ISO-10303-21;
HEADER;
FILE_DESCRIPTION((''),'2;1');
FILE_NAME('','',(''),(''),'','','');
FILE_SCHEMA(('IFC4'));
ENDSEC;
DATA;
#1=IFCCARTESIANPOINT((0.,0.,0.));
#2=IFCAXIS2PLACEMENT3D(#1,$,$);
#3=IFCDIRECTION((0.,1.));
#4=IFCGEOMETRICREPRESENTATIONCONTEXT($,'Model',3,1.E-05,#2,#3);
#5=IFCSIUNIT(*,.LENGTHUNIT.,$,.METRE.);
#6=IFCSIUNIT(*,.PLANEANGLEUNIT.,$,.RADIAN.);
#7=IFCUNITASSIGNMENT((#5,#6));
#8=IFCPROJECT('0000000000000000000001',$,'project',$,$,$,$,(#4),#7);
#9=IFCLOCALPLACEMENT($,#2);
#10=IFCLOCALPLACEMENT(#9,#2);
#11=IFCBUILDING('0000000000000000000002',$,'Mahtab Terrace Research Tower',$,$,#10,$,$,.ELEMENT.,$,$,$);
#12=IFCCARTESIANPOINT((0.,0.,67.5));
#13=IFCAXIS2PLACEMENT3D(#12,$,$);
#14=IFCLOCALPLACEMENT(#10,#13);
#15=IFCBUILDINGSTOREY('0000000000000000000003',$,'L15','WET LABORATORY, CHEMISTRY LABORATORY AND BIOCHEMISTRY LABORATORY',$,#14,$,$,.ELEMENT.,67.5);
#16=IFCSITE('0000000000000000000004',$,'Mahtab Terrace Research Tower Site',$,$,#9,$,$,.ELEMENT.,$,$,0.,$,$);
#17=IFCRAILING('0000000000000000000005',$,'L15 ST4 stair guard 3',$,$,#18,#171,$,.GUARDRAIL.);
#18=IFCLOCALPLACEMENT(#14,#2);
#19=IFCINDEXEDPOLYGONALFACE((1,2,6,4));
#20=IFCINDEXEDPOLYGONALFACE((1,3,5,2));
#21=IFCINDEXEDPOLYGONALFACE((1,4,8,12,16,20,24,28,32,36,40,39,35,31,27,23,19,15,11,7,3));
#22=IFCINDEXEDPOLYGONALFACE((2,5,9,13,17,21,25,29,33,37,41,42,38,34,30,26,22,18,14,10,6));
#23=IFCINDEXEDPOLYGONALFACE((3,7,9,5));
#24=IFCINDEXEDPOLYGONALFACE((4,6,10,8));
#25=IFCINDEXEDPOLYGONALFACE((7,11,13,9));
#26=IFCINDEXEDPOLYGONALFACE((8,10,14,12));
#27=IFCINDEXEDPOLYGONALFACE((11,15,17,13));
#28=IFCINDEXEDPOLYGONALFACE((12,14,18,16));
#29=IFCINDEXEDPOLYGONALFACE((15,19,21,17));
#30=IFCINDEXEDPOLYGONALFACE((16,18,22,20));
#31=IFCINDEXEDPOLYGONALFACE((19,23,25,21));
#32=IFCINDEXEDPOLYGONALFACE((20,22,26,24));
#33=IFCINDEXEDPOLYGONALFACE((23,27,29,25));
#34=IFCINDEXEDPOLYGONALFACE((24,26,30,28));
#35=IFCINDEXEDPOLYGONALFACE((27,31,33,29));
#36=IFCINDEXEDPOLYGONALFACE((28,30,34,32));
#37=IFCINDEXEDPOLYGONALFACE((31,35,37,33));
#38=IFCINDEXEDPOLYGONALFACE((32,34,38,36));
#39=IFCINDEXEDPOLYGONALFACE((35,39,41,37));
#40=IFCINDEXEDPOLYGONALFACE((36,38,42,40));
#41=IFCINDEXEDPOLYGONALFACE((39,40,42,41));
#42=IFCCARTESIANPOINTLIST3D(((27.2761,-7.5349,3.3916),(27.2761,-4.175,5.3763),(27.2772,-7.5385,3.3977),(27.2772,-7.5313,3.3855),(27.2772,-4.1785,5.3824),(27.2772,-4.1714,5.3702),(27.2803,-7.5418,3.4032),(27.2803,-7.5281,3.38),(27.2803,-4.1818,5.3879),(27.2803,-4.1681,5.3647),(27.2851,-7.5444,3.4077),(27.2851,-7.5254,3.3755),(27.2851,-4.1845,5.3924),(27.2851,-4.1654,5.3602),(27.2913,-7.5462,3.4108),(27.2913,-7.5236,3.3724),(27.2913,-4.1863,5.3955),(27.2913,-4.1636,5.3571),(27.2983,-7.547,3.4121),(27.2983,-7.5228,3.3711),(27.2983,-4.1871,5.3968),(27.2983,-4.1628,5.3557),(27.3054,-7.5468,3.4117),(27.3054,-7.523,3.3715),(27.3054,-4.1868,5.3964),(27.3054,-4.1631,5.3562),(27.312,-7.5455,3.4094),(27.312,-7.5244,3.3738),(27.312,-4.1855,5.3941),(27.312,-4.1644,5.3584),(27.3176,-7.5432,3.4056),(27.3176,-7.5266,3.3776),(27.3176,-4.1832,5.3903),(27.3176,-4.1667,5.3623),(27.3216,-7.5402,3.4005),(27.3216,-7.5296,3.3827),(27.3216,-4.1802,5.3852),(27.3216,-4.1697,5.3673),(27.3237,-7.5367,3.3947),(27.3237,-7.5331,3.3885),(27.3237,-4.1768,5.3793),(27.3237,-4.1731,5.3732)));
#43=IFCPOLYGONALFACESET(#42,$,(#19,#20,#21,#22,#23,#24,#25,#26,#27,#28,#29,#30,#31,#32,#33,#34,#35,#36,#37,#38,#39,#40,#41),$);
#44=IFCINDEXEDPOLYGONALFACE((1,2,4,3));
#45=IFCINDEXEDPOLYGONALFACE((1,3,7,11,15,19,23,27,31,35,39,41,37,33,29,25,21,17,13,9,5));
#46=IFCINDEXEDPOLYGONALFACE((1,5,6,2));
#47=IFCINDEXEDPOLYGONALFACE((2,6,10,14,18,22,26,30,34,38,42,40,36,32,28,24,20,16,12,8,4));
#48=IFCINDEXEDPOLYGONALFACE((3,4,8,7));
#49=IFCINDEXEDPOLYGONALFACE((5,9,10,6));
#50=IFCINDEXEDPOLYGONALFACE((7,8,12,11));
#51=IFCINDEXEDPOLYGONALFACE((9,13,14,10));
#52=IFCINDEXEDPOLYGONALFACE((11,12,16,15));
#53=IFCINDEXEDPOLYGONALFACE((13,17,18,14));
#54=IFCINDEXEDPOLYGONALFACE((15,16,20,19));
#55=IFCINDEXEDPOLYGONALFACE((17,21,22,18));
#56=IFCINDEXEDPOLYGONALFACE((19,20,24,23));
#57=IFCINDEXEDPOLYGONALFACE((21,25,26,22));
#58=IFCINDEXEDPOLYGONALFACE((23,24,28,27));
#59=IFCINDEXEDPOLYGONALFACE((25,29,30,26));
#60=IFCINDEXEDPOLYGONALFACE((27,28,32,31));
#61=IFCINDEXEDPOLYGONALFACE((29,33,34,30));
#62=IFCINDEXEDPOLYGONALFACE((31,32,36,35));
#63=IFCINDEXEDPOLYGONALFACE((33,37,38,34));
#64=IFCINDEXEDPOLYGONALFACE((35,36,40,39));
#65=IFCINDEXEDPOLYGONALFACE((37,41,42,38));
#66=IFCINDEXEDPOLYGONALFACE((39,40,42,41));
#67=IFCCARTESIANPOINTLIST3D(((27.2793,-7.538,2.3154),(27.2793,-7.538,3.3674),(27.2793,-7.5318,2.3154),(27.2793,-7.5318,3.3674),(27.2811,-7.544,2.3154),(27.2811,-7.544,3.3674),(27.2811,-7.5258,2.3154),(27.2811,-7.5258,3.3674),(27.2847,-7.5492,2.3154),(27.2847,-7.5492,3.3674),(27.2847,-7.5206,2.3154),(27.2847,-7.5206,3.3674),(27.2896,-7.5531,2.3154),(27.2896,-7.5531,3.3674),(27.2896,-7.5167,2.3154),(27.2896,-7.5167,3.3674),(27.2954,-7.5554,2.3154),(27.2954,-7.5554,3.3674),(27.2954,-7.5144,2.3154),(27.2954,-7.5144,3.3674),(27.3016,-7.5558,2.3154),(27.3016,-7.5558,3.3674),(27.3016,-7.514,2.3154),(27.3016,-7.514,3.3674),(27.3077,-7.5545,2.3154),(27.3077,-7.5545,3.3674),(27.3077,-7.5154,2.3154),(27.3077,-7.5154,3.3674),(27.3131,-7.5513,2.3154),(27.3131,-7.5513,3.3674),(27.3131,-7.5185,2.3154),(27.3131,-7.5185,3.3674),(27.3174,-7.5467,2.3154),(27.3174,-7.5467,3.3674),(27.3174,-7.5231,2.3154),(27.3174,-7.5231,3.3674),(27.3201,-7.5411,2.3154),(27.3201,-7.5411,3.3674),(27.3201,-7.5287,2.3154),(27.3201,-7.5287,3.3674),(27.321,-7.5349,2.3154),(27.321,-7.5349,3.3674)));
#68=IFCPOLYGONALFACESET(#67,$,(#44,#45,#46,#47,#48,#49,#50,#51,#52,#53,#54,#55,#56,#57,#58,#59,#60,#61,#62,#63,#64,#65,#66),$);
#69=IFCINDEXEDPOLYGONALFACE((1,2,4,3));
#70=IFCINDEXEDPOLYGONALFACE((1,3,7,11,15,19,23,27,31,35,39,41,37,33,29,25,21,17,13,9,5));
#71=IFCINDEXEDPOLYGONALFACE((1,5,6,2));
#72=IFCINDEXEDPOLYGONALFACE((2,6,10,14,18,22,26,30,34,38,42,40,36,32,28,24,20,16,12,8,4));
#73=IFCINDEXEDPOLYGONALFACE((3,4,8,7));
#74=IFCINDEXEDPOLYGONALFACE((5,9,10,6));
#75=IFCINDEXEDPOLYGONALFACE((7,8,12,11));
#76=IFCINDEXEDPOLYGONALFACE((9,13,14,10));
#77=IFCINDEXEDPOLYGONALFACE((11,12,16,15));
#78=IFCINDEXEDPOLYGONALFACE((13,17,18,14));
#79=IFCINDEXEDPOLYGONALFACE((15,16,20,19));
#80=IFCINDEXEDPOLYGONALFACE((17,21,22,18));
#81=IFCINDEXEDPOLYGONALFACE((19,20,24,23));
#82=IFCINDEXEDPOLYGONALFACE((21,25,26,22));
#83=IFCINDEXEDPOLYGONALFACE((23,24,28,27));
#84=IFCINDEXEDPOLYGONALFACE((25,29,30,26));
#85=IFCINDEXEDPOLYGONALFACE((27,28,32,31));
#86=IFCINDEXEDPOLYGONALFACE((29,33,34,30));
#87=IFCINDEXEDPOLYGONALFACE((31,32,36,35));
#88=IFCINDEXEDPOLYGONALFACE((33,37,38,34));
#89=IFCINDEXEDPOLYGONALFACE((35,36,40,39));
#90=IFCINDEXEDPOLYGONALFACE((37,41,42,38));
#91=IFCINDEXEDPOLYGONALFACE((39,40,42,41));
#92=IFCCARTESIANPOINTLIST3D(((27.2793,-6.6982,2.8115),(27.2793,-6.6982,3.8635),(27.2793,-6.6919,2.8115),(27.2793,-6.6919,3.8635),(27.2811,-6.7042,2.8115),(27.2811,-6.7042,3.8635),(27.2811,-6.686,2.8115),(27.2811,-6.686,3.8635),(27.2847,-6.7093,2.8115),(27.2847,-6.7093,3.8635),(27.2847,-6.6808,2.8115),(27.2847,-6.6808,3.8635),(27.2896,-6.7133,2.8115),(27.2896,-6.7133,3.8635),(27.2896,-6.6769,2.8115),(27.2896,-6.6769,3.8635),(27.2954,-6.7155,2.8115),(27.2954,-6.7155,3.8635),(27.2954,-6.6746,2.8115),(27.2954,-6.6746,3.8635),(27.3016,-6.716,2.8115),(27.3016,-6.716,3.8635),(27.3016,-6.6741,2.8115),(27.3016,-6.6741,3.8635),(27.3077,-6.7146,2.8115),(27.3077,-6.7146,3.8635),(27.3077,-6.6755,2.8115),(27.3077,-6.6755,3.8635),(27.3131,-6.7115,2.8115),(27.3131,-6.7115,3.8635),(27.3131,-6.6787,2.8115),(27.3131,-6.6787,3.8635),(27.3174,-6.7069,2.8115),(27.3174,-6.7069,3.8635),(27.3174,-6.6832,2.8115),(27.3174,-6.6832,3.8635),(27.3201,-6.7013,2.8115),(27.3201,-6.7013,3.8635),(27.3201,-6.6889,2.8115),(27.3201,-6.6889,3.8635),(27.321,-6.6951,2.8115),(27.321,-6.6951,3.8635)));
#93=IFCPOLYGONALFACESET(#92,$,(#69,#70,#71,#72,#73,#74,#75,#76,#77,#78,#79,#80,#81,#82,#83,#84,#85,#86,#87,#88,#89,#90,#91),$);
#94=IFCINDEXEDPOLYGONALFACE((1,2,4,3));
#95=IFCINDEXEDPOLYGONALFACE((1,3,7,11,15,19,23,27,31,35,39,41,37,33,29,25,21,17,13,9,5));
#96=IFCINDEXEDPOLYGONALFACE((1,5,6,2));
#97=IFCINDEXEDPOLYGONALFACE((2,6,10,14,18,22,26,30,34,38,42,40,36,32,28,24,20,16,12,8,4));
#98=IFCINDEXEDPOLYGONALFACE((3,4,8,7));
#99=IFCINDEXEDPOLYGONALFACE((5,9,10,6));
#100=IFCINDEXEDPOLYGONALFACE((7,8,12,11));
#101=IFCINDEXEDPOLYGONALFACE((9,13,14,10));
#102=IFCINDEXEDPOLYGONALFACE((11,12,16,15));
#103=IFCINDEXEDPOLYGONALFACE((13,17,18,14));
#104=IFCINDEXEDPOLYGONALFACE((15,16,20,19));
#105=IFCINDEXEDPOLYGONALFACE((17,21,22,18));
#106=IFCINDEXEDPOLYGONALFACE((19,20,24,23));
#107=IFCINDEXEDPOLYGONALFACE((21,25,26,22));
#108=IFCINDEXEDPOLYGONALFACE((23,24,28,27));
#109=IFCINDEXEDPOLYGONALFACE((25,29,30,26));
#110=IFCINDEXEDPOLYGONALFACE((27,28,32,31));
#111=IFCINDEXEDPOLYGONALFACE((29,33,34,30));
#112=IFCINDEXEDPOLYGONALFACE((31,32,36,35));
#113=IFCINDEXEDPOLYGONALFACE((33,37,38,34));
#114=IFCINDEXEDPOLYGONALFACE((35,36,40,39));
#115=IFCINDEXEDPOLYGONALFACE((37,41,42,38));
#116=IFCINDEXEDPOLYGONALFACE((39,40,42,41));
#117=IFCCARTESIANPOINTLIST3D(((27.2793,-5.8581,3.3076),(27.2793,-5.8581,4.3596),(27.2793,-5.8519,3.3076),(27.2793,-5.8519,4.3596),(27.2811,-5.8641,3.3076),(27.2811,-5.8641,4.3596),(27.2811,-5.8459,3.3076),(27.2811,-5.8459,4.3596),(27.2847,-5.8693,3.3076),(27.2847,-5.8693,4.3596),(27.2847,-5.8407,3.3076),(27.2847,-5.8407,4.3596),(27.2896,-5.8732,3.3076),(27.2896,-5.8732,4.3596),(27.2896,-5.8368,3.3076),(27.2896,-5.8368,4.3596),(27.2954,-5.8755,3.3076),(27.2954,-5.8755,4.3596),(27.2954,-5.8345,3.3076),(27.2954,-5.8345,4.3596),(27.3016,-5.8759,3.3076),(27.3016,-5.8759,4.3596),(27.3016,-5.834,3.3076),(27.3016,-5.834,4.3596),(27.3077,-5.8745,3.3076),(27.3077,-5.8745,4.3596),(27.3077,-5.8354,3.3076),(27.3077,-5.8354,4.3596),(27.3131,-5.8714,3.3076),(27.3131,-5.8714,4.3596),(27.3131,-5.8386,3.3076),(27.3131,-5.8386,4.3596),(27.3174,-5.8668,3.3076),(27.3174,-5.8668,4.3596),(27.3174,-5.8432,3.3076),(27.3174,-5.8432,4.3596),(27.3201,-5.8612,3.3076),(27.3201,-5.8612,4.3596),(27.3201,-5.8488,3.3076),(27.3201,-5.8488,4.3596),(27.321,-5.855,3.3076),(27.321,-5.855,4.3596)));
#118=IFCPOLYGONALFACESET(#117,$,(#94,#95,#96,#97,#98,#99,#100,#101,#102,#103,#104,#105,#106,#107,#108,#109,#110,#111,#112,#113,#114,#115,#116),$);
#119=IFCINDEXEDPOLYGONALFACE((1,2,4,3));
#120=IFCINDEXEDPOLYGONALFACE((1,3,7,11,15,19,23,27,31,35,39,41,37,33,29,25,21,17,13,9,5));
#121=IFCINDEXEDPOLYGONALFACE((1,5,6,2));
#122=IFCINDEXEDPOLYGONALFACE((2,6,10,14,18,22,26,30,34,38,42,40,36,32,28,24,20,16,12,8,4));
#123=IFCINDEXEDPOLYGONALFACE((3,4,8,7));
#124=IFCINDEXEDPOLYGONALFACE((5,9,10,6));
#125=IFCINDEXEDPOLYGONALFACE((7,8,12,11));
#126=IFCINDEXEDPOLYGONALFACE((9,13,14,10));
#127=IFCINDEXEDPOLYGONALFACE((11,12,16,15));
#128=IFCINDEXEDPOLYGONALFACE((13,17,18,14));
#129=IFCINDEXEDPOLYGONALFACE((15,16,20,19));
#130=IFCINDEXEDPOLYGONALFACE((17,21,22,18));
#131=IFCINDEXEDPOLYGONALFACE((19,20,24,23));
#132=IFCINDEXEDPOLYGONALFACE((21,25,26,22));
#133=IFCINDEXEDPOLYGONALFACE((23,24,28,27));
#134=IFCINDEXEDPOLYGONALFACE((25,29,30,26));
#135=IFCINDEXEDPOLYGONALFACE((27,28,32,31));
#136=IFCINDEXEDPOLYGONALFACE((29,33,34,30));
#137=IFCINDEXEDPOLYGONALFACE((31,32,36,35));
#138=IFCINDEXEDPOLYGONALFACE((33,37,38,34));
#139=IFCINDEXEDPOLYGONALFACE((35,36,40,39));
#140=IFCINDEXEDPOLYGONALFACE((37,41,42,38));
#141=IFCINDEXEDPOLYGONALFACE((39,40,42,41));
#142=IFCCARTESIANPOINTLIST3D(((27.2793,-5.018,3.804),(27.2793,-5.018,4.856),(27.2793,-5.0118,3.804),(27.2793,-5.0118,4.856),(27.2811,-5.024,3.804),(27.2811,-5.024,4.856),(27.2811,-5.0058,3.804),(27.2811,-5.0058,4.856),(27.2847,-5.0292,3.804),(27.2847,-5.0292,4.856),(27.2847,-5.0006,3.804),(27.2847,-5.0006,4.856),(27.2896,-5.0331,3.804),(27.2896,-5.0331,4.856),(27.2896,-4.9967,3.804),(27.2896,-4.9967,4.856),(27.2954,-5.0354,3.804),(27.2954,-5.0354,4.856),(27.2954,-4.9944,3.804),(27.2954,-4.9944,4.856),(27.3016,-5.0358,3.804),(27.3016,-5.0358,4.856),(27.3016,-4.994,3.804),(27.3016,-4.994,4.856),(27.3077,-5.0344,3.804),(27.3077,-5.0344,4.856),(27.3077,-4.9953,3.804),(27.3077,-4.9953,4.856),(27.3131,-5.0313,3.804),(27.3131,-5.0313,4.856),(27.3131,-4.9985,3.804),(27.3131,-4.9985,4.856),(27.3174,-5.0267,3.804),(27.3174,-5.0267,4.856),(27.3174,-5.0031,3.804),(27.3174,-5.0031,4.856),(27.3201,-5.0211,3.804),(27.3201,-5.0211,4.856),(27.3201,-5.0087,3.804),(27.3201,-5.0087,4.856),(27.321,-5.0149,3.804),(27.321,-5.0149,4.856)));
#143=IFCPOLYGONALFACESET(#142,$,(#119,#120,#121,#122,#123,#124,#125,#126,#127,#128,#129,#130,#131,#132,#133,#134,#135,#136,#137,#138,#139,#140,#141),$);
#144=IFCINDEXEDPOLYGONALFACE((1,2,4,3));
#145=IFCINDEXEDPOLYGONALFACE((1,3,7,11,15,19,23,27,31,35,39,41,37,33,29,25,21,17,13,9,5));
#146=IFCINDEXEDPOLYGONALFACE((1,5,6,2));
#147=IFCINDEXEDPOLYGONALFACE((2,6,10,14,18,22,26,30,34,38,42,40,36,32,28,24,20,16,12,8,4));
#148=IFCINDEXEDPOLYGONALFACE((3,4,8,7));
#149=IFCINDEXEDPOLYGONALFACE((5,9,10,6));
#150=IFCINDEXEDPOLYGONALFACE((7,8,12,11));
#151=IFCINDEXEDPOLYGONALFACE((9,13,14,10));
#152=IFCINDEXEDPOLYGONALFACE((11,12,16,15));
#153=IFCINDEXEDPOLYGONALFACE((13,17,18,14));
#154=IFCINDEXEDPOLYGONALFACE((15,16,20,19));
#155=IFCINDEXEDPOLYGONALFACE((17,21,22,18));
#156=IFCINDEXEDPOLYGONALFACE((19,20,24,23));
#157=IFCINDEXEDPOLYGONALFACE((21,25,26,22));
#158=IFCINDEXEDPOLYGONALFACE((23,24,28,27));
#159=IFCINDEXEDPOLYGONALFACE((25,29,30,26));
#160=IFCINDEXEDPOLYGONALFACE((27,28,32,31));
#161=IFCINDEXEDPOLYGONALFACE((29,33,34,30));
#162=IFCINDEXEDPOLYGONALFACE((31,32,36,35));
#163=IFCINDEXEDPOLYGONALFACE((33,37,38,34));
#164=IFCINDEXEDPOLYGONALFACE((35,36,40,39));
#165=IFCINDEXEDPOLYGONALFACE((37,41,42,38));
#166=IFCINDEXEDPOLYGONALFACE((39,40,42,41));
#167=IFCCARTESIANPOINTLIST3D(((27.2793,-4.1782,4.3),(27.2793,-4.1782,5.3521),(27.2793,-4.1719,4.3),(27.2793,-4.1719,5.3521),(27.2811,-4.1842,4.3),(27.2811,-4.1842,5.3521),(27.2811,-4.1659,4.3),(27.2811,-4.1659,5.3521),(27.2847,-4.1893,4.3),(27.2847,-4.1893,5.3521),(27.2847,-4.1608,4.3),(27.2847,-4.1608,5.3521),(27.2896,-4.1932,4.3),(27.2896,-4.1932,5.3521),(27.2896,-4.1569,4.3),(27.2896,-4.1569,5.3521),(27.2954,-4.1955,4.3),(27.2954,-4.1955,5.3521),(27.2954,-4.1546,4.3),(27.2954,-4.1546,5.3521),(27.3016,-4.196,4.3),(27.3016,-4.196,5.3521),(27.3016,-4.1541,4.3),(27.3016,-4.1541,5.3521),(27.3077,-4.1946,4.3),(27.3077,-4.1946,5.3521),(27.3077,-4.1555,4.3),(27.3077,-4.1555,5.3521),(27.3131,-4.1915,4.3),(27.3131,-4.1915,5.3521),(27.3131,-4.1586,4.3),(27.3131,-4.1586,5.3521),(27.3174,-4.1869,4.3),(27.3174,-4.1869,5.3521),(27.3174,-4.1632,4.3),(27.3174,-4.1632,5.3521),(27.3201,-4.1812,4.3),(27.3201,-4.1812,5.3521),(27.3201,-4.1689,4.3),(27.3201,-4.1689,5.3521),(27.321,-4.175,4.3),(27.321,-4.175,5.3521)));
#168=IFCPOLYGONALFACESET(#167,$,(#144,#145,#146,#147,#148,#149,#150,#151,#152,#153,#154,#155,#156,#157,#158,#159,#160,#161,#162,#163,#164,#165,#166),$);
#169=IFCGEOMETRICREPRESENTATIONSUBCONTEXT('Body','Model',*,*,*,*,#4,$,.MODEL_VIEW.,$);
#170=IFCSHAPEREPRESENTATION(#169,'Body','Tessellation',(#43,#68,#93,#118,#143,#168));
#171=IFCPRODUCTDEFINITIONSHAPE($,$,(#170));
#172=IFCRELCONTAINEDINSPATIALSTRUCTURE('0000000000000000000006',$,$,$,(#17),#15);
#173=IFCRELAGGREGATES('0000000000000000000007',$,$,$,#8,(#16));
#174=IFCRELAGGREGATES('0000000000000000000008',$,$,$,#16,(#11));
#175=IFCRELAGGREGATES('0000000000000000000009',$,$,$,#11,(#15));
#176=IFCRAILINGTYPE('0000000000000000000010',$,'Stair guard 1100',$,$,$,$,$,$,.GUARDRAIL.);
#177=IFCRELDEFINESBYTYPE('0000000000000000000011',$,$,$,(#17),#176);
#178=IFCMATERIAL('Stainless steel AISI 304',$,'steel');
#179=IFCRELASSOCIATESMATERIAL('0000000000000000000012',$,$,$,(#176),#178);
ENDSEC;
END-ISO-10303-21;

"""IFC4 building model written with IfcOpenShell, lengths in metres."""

from ifc_helpers import new_model, si_unit, direction, frame, origin, origin_2d, place, context, subcontext, project, spatial, circle, extrude, material, type_object, element, save


model = new_model("IFC4")

# Units and contexts
model_context = context("Model", 3, precision=1e-05, world=origin(), true_north=direction((0.0, 1.0)))
body_context = subcontext(model_context, "Body", "Model", "MODEL_VIEW")
ifc_project = project(units=[si_unit("LENGTHUNIT", "METRE"), si_unit("PLANEANGLEUNIT", "RADIAN")], contexts=[model_context])

# Site, building, storey
site_placement = place(None, origin())
site = spatial("IfcSite", under=ifc_project, at=site_placement, Name="Mahtab Terrace Research Tower Site", CompositionType="ELEMENT", RefElevation=0.0)
building_placement = place(site_placement, origin())
building = spatial("IfcBuilding", under=site, at=building_placement, Name="Mahtab Terrace Research Tower", CompositionType="ELEMENT")
storey_placement = place(building_placement, frame((0.0, 0.0, 67.5)))
storey = spatial("IfcBuildingStorey", under=building, at=storey_placement, Name="L15", Description="WET LABORATORY, CHEMISTRY LABORATORY AND BIOCHEMISTRY LABORATORY", CompositionType="ELEMENT", Elevation=67.5)

# Railing
ifc_material_1 = material(Name="Stainless steel AISI 304", Category="steel")
railing_type_1 = type_object("IfcRailingType", Name="Stair guard 1100", PredefinedType="GUARDRAIL", material=ifc_material_1)
railing_1_placement = place(storey_placement, frame((27.3, -7.5349, 2.3154)))
element("IfcRailing", 1, at=railing_1_placement, inside=storey, type_object=railing_type_1, Name="L15 ST4 stair guard 3", PredefinedType="GUARDRAIL", context=body_context, shape_type="SweptSolid", body=[
    extrude(circle(Radius=0.0239, at=origin_2d()), frame((0.0, 0.0, 1.0762), z_axis=(0.0, 0.861011, 0.508586), x_axis=(-1.0, 0.0, 0.0)), (0.0, 0.0, 1.0), 3.9023),
    extrude(circle(Radius=0.021, at=origin_2d()), origin(), (0.0, 0.0, 1.0), 1.052),
    extrude(circle(Radius=0.021, at=origin_2d()), frame((0.0, 0.8398, 0.4961)), (0.0, 0.0, 1.0), 1.052),
    extrude(circle(Radius=0.021, at=origin_2d()), frame((0.0, 1.6799, 0.9922)), (0.0, 0.0, 1.0), 1.052),
    extrude(circle(Radius=0.021, at=origin_2d()), frame((0.0, 2.52, 1.4885)), (0.0, 0.0, 1.0), 1.052),
    extrude(circle(Radius=0.021, at=origin_2d()), frame((0.0, 3.3599, 1.9846)), (0.0, 0.0, 1.0), 1.052),
])

save(model, "model.ifc")
